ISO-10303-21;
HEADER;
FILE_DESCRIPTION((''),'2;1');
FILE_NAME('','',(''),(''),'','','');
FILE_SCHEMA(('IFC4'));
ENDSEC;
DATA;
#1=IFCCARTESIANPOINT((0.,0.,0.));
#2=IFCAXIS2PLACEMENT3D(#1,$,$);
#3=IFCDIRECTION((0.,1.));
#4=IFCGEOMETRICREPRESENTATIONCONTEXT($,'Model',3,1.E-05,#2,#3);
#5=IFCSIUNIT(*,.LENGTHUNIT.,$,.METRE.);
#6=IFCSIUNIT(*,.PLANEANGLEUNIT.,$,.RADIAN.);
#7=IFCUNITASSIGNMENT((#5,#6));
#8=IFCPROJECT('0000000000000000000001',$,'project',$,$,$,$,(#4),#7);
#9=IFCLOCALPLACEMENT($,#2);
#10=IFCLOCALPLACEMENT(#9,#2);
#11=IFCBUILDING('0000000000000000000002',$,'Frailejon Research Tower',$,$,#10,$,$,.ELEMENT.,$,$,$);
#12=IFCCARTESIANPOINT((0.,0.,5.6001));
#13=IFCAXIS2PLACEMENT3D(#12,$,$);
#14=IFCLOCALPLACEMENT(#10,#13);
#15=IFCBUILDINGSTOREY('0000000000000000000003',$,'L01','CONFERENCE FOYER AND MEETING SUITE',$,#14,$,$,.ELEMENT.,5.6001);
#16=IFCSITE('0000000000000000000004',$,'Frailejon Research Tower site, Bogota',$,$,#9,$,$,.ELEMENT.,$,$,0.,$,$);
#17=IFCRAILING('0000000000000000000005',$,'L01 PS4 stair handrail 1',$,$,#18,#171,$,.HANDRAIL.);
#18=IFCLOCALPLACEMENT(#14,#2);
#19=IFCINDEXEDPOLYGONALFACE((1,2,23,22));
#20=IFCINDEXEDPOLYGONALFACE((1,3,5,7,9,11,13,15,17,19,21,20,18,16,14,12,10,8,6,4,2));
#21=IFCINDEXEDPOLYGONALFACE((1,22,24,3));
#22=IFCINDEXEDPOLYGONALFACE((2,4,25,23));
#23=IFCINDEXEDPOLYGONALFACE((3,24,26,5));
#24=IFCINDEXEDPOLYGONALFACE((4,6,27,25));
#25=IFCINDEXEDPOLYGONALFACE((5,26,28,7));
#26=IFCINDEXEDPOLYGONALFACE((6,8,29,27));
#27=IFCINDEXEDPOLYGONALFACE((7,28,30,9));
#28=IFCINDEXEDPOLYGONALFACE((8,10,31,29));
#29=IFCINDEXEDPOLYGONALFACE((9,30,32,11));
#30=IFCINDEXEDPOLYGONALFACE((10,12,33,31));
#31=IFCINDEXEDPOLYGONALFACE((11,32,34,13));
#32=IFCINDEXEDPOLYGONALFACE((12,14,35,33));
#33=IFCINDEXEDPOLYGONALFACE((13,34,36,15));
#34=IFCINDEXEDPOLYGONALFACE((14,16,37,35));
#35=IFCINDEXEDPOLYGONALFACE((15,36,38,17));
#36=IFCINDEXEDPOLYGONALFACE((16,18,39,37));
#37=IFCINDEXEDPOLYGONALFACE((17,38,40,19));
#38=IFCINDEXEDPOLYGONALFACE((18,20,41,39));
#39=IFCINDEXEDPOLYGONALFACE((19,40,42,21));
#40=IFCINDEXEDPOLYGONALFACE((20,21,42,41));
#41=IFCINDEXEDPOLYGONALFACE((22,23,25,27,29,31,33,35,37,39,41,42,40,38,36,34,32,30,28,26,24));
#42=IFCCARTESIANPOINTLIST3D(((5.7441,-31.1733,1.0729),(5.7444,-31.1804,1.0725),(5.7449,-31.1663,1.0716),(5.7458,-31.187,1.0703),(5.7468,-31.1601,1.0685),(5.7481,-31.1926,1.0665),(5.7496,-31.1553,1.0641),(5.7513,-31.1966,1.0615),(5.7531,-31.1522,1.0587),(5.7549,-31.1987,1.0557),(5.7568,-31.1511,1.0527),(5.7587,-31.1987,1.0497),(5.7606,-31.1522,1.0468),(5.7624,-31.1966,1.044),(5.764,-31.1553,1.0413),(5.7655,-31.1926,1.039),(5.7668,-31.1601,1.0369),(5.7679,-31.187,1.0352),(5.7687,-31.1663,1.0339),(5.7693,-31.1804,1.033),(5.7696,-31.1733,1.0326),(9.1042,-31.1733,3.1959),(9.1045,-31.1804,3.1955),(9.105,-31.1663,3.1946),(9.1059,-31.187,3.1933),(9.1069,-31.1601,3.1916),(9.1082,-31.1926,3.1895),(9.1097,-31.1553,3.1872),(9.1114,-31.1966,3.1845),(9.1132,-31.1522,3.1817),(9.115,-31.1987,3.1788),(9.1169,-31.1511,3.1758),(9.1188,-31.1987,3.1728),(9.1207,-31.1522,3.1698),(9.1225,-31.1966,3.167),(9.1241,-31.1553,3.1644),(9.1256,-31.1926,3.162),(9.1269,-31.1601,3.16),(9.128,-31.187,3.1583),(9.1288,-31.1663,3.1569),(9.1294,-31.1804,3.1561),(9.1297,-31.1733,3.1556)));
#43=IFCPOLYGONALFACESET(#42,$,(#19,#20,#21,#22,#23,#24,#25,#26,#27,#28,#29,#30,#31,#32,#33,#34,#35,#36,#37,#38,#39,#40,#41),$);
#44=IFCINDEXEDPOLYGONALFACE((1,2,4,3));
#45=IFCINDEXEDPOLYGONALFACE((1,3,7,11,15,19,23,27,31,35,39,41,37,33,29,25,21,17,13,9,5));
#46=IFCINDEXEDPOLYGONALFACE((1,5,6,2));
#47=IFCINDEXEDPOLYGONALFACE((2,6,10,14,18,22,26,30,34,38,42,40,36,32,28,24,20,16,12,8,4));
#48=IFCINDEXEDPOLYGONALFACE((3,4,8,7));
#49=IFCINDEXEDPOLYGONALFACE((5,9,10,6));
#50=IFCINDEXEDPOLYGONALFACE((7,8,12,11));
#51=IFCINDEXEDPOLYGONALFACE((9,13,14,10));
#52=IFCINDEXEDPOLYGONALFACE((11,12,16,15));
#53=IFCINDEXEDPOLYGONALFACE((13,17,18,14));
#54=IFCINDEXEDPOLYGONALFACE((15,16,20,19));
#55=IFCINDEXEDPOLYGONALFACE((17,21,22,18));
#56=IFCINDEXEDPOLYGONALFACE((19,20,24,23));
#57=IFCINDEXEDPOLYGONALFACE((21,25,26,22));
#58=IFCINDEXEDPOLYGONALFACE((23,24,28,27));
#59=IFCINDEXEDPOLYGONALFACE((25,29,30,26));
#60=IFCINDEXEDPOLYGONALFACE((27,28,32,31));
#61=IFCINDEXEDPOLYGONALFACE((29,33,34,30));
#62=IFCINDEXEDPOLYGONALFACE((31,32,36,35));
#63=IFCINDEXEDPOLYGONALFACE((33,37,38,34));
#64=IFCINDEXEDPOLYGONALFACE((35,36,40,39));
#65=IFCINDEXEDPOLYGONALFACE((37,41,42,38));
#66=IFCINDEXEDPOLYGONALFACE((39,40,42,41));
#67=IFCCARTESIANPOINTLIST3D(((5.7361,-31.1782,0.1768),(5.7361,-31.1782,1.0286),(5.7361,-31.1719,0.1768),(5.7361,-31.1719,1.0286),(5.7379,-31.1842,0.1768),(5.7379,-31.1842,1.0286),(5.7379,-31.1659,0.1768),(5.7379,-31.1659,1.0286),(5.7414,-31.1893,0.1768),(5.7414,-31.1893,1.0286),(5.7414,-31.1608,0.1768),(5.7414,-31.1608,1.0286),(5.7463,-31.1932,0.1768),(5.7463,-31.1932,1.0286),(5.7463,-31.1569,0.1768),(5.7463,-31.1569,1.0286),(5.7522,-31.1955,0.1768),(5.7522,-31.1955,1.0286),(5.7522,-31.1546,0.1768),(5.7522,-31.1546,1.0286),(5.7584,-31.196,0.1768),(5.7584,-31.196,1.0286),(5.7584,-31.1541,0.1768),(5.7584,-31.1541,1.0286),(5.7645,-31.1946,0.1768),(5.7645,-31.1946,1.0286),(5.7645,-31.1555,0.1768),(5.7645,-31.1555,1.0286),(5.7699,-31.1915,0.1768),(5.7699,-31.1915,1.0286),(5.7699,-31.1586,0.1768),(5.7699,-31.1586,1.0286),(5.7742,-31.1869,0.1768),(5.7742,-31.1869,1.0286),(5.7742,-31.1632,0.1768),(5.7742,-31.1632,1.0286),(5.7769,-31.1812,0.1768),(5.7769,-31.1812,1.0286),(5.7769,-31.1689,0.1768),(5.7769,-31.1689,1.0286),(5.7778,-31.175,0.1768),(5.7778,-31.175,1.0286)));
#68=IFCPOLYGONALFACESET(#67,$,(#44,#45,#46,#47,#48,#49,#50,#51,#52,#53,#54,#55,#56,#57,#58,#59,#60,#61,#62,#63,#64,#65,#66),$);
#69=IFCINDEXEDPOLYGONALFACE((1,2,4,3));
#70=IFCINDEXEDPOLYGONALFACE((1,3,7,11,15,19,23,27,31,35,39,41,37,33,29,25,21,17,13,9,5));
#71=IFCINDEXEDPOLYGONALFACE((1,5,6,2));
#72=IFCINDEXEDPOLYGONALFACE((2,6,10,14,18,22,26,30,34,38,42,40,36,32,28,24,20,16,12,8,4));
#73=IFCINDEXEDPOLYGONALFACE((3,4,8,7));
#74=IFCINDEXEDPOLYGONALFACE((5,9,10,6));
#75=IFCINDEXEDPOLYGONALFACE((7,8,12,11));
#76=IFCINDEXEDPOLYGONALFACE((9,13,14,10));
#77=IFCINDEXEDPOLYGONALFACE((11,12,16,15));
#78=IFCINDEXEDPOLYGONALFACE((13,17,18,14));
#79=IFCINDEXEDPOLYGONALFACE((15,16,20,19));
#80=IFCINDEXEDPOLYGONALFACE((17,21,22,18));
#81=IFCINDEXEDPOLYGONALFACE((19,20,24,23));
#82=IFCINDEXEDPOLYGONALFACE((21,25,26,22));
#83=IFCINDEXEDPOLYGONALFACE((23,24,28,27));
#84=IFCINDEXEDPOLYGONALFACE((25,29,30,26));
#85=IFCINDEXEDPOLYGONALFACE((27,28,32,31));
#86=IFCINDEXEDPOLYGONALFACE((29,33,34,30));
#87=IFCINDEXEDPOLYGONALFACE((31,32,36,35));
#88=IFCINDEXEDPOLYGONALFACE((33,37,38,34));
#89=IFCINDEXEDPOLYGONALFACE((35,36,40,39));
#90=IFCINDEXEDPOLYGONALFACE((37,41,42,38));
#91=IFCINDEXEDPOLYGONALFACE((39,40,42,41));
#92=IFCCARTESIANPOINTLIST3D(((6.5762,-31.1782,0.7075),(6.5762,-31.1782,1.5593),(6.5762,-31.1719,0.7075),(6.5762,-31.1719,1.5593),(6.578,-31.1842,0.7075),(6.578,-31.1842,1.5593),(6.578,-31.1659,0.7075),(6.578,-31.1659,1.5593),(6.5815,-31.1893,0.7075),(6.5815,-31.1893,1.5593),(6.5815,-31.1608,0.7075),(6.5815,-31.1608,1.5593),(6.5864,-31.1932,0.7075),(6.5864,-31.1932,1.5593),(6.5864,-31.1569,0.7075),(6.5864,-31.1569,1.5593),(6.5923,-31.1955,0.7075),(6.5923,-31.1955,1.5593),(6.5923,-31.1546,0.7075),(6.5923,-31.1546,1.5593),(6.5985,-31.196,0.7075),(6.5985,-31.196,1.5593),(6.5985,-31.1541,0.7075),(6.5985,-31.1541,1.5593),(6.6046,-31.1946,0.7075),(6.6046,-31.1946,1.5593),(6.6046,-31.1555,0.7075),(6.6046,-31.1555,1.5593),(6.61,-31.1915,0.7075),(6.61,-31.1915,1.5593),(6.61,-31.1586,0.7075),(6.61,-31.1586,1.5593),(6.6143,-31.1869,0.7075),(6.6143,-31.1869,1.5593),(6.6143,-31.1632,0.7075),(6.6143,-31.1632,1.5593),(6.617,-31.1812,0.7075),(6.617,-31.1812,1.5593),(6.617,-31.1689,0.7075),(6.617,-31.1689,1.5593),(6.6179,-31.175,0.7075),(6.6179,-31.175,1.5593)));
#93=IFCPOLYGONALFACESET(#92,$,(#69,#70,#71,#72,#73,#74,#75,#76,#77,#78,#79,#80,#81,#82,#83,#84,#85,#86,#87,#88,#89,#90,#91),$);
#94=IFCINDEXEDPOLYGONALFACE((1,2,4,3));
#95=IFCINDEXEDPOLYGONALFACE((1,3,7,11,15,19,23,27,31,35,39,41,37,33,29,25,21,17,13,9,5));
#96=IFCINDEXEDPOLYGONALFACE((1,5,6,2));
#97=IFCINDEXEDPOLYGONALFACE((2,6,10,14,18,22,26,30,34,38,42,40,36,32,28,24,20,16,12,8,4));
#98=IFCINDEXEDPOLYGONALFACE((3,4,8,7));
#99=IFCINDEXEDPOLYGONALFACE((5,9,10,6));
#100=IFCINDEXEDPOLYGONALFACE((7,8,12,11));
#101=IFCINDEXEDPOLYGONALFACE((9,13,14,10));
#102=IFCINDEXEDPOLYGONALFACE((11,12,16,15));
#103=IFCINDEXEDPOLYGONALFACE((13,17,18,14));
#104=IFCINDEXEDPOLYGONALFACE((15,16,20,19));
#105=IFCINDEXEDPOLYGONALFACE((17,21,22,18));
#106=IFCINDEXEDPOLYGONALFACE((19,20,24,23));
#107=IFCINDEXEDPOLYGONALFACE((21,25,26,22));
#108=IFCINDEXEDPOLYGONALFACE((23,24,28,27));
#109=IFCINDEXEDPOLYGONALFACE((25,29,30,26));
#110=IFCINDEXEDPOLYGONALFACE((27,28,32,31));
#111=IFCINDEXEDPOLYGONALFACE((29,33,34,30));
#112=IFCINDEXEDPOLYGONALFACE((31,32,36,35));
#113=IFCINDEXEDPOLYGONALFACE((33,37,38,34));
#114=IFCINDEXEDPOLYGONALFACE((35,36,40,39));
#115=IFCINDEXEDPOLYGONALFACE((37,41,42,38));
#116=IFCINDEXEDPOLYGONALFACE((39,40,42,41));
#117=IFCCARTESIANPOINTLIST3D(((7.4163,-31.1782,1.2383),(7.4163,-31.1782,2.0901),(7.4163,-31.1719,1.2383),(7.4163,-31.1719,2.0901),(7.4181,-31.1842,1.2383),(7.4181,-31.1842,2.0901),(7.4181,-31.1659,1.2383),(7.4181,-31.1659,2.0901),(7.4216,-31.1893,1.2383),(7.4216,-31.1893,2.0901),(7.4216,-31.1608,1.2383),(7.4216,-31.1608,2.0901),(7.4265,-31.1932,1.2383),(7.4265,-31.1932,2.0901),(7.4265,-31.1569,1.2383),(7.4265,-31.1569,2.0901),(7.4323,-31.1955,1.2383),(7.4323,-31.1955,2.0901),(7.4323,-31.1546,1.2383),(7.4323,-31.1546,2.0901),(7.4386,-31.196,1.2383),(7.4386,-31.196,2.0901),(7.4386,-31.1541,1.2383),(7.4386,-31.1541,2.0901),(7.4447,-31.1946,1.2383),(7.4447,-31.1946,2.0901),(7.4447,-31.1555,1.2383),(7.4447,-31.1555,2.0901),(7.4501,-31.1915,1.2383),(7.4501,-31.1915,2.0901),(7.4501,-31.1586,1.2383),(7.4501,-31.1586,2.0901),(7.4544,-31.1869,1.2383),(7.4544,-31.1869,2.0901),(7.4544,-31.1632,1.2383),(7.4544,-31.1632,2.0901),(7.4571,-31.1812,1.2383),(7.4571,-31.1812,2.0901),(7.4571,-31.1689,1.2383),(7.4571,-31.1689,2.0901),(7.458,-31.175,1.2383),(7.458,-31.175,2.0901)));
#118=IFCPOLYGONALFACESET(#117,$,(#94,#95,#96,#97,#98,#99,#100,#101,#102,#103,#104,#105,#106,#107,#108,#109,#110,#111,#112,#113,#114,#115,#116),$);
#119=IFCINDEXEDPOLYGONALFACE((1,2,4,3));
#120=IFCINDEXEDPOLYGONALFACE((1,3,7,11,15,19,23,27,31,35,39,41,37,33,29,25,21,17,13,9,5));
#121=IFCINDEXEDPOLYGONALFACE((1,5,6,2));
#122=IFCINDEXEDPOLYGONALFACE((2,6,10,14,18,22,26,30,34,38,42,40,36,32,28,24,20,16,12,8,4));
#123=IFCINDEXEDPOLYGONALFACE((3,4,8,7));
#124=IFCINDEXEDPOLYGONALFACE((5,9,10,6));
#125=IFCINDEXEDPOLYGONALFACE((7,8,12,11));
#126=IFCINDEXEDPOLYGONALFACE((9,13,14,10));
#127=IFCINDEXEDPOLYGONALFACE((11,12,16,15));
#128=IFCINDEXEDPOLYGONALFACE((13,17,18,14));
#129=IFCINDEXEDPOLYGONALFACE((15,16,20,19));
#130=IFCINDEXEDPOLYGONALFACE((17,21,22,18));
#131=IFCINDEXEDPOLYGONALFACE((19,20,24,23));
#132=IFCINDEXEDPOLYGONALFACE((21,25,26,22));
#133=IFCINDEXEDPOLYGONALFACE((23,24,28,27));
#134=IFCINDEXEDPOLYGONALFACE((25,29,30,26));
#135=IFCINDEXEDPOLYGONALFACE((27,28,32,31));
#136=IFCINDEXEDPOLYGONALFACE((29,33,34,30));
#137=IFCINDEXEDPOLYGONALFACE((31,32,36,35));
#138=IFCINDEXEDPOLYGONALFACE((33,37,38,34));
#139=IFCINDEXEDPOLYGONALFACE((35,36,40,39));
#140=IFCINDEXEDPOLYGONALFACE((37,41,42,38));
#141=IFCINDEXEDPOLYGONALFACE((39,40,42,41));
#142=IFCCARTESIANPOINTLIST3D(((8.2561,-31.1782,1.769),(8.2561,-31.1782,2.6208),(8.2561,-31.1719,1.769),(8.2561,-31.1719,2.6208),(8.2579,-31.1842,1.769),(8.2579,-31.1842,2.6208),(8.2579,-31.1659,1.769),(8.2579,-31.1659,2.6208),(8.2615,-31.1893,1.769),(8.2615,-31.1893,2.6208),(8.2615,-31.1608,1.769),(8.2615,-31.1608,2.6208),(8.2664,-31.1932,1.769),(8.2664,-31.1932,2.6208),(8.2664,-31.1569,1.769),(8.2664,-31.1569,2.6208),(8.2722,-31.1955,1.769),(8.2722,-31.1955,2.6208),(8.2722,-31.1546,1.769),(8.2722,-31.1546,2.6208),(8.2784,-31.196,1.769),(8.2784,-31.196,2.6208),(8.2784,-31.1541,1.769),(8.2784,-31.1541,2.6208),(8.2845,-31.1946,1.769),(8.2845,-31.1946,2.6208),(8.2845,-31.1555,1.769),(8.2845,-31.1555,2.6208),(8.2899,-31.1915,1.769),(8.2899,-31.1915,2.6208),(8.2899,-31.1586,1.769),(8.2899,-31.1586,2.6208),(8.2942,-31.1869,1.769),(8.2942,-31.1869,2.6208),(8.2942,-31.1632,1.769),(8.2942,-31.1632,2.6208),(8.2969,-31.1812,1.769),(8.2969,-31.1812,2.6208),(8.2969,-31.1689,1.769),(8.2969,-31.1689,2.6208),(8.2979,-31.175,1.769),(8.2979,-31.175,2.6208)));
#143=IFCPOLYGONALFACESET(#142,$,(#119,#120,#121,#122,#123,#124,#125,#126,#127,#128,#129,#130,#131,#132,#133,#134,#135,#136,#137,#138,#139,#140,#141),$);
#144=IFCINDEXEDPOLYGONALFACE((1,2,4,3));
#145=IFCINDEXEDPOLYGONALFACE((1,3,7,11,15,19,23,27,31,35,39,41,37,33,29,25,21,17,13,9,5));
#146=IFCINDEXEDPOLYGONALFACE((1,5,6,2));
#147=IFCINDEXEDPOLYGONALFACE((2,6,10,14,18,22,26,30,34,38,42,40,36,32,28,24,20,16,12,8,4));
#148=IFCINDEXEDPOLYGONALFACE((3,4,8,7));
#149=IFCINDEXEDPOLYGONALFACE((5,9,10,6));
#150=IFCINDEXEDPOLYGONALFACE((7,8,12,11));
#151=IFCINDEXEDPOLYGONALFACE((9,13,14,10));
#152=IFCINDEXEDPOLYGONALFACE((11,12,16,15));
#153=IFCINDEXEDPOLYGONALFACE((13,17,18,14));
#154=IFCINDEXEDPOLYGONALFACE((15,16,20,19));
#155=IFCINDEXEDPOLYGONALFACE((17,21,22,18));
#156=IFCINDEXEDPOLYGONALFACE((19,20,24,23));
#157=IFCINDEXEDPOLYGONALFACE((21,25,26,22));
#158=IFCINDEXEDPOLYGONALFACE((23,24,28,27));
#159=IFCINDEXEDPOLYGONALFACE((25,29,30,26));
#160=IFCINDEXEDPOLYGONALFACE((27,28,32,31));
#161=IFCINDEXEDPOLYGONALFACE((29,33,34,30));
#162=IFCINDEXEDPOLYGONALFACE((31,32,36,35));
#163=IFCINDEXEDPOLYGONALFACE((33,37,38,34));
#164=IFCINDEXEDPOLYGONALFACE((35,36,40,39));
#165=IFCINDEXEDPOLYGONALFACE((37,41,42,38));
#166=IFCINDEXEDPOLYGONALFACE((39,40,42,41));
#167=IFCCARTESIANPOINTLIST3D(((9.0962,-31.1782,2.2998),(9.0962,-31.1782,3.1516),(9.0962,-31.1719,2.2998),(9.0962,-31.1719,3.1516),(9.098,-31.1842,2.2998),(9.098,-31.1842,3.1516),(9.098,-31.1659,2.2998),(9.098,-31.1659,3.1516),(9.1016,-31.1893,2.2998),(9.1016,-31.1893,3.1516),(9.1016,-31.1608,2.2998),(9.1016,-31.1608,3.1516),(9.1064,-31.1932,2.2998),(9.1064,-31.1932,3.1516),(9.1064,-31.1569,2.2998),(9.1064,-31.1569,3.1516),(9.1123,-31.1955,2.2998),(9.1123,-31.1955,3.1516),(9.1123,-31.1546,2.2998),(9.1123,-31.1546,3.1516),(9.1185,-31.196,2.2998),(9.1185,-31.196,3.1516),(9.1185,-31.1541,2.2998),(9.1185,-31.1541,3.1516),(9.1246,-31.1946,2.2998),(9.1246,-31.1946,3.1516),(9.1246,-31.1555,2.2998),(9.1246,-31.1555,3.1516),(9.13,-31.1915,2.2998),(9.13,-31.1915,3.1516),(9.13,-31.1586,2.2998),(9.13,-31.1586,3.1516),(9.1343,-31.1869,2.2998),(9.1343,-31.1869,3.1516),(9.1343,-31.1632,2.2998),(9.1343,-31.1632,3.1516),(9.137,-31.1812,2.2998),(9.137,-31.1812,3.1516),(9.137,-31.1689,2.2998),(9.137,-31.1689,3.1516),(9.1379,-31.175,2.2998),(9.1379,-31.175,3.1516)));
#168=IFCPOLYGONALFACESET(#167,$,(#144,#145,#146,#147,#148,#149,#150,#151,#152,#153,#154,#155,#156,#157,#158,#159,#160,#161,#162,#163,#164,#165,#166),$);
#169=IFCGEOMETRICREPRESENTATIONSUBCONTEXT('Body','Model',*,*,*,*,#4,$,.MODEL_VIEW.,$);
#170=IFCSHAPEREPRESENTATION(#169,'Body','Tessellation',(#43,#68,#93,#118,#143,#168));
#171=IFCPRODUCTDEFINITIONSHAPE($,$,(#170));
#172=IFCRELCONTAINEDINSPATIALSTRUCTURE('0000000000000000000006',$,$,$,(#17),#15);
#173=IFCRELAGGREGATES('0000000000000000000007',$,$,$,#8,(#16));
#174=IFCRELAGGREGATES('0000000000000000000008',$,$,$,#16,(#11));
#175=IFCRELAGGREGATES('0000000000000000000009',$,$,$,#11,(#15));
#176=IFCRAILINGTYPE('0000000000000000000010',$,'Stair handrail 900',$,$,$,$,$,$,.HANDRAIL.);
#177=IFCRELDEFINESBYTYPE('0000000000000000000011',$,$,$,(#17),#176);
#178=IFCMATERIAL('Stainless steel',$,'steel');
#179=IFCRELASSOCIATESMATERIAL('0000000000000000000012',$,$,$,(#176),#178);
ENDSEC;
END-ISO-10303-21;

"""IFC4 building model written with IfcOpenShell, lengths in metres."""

from ifc_helpers import new_model, si_unit, direction, frame, origin, origin_2d, place, context, subcontext, project, spatial, circle, extrude, material, type_object, element, save


model = new_model("IFC4")

# Units and contexts
model_context = context("Model", 3, precision=1e-05, world=origin(), true_north=direction((0.0, 1.0)))
body_context = subcontext(model_context, "Body", "Model", "MODEL_VIEW")
ifc_project = project(units=[si_unit("LENGTHUNIT", "METRE"), si_unit("PLANEANGLEUNIT", "RADIAN")], contexts=[model_context])

# Site, building, storey
site_placement = place(None, origin())
site = spatial("IfcSite", under=ifc_project, at=site_placement, Name="Frailejon Research Tower site, Bogota", CompositionType="ELEMENT", RefElevation=0.0)
building_placement = place(site_placement, origin())
building = spatial("IfcBuilding", under=site, at=building_placement, Name="Frailejon Research Tower", CompositionType="ELEMENT")
storey_placement = place(building_placement, frame((0.0, 0.0, 5.6001)))
storey = spatial("IfcBuildingStorey", under=building, at=storey_placement, Name="L01", Description="CONFERENCE FOYER AND MEETING SUITE", CompositionType="ELEMENT", Elevation=5.6001)

# Railing
ifc_material_1 = material(Name="Stainless steel", Category="steel")
railing_type = type_object("IfcRailingType", Name="Stair handrail 900", PredefinedType="HANDRAIL", material=ifc_material_1)
railing_placement = place(storey_placement, frame((5.7568, -31.175, 0.1768)))
element("IfcRailing", 1, at=railing_placement, inside=storey, type_object=railing_type, Name="L01 PS4 stair handrail 1", PredefinedType="HANDRAIL", context=body_context, shape_type="SweptSolid", body=[
    extrude(circle(Radius=0.0239, at=origin_2d()), frame((0.0, 0.0, 0.876), z_axis=(0.84539, 0.0, 0.53415), x_axis=(0.0, 1.0, 0.0)), (0.0, 0.0, 1.0), 3.9746),
    extrude(circle(Radius=0.021, at=origin_2d()), origin(), (0.0, 0.0, 1.0), 0.8518),
    extrude(circle(Radius=0.021, at=origin_2d()), frame((0.8401, 0.0, 0.5308)), (0.0, 0.0, 1.0), 0.8518),
    extrude(circle(Radius=0.021, at=origin_2d()), frame((1.6802, 0.0, 1.0615)), (0.0, 0.0, 1.0), 0.8518),
    extrude(circle(Radius=0.021, at=origin_2d()), frame((2.52, 0.0, 1.5923)), (0.0, 0.0, 1.0), 0.8518),
    extrude(circle(Radius=0.021, at=origin_2d()), frame((3.3601, 0.0, 2.123)), (0.0, 0.0, 1.0), 0.8518),
])

save(model, "model.ifc")
